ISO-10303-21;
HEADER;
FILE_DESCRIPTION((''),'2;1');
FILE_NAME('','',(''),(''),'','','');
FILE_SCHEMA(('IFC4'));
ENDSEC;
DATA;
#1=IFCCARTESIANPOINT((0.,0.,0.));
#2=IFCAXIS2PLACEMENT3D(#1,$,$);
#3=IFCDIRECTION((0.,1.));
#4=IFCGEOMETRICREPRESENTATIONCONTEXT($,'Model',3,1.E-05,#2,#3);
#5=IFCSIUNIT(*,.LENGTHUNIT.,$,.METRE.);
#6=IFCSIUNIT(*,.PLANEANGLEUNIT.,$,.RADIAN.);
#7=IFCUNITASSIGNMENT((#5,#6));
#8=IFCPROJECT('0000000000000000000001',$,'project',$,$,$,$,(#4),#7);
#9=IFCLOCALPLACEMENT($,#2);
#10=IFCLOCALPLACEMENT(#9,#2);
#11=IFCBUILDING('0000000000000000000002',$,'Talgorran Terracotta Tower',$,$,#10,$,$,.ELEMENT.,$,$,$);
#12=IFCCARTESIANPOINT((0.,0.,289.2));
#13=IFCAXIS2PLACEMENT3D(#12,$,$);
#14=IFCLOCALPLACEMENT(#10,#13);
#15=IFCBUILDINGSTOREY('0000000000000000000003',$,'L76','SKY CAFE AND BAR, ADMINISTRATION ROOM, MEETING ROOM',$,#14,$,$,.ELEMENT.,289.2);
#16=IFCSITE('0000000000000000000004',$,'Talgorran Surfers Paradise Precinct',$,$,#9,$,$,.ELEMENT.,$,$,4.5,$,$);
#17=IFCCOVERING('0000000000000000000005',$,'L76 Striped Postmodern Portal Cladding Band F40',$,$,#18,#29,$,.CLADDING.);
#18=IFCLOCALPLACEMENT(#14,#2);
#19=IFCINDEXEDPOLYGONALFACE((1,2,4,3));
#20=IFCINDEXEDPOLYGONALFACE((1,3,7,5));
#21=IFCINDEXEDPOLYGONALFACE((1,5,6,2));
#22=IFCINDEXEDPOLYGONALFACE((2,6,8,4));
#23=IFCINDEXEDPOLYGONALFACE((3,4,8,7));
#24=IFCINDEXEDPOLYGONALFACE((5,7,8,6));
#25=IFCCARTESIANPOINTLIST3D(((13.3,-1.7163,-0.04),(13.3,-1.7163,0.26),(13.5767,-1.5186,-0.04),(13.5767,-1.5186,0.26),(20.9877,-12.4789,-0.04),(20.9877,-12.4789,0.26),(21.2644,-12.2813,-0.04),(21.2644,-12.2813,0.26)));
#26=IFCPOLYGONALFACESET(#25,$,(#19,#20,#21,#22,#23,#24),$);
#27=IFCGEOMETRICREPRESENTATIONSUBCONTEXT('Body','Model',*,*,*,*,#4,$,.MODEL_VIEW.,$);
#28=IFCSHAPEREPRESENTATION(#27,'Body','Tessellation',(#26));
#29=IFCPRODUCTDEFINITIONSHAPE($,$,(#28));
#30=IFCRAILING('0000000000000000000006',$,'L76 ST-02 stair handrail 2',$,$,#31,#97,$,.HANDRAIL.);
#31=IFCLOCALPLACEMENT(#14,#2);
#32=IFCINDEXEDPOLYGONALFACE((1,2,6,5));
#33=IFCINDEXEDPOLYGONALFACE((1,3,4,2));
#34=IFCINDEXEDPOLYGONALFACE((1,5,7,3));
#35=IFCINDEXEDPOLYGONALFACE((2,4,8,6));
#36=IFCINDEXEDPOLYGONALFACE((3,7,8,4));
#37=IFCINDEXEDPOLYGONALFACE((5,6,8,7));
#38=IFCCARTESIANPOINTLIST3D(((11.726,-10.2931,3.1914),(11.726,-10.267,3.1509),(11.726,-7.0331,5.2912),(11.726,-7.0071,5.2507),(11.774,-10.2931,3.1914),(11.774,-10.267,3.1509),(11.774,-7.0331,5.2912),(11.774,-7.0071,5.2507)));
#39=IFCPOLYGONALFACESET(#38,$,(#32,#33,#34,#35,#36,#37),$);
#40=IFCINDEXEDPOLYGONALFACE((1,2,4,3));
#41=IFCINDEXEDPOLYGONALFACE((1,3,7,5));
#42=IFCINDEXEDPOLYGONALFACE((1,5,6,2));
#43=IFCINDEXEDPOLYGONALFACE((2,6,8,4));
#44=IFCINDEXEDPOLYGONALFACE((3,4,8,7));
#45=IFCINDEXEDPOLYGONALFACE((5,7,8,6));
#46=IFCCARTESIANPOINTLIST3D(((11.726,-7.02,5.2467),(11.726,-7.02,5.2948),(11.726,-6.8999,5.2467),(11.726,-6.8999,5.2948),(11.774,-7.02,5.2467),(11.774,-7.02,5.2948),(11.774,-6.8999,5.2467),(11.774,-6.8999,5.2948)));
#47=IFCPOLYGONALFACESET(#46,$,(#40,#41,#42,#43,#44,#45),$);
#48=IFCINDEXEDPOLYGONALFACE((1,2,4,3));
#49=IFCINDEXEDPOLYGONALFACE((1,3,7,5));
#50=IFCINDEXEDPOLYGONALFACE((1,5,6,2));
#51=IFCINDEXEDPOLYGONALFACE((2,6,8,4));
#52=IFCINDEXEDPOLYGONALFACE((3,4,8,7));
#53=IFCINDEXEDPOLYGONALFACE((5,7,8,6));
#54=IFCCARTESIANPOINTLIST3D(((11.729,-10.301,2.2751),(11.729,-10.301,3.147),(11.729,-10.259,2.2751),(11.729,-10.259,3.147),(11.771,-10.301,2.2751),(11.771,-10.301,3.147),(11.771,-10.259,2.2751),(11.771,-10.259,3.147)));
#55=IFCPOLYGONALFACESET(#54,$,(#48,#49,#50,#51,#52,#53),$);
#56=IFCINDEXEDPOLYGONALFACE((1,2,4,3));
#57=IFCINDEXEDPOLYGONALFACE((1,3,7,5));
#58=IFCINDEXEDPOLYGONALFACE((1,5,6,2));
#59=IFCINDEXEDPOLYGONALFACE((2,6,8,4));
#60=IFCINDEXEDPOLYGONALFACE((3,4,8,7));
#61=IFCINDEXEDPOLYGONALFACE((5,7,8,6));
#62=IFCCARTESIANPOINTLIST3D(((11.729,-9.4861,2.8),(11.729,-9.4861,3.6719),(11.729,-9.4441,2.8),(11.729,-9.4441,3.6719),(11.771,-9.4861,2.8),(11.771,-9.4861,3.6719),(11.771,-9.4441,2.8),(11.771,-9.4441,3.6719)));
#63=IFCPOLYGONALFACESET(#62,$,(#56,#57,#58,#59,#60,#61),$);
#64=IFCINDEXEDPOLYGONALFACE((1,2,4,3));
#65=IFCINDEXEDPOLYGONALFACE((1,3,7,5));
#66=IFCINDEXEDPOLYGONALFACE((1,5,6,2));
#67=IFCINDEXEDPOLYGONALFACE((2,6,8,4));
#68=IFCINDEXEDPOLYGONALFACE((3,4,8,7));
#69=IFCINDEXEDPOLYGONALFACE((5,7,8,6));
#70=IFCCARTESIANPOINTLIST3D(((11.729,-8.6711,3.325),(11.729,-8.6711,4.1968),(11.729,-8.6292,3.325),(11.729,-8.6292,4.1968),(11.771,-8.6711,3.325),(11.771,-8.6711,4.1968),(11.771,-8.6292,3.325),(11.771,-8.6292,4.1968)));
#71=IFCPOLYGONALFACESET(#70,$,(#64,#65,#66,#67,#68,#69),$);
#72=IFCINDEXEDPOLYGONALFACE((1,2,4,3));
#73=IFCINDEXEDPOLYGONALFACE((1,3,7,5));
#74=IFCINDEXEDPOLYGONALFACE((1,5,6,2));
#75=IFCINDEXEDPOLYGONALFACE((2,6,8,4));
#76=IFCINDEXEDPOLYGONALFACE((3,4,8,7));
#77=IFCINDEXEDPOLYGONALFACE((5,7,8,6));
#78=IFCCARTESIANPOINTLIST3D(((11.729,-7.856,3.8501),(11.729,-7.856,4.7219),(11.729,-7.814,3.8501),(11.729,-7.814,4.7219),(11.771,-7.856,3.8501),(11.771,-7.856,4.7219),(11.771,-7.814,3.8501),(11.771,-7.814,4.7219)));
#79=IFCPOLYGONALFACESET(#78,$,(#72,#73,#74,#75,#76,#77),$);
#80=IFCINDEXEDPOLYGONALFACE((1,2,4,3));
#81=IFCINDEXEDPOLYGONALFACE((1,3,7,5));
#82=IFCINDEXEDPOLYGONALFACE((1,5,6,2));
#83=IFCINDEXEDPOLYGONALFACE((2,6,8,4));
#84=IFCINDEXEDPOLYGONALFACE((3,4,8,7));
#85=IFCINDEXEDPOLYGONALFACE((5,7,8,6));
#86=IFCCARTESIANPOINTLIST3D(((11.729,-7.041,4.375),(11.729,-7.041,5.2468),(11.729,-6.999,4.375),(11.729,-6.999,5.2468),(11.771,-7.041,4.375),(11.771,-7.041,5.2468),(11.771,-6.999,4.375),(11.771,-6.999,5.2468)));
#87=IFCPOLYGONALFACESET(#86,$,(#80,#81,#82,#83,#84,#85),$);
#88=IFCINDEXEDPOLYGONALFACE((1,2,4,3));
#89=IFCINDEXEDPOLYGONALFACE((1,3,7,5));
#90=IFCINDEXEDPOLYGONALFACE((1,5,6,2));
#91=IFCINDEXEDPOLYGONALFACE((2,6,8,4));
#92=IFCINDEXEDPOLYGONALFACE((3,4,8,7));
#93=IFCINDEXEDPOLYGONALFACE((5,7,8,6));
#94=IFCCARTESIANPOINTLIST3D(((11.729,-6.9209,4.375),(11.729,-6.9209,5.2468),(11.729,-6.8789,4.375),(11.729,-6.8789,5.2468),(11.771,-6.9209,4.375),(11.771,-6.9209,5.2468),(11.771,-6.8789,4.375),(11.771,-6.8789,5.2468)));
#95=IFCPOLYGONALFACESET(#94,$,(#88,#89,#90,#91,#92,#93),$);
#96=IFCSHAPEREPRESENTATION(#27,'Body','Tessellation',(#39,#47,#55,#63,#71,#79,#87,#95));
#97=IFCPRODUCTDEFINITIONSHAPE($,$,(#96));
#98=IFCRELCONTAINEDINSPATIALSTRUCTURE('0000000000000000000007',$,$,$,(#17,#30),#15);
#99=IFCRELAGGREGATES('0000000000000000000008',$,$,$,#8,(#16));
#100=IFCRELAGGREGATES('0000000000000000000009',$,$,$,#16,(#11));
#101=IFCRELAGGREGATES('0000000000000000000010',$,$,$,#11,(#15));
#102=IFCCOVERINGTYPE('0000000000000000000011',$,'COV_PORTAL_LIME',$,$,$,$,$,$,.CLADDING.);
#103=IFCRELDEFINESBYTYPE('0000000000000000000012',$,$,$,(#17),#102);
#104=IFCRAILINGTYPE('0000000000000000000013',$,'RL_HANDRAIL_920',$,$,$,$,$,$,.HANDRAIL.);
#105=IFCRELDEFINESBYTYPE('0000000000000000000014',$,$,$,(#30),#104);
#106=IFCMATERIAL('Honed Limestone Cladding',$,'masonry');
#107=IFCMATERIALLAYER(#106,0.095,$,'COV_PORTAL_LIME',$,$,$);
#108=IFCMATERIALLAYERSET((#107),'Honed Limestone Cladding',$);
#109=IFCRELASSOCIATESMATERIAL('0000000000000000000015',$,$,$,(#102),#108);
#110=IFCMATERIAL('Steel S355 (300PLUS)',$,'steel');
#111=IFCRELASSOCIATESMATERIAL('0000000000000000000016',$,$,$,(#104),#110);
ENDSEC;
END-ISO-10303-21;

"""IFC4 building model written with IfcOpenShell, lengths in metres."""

from ifc_helpers import new_model, si_unit, direction, frame, origin, origin_2d, place, context, subcontext, project, spatial, rectangle, extrude, material, layer, layer_set, type_object, element, save


model = new_model("IFC4")

# Units and contexts
model_context = context("Model", 3, precision=1e-05, world=origin(), true_north=direction((0.0, 1.0)))
body_context = subcontext(model_context, "Body", "Model", "MODEL_VIEW")
ifc_project = project(units=[si_unit("LENGTHUNIT", "METRE"), si_unit("PLANEANGLEUNIT", "RADIAN")], contexts=[model_context])

# Site, building, storey
site_placement = place(None, origin())
site = spatial("IfcSite", under=ifc_project, at=site_placement, Name="Talgorran Surfers Paradise Precinct", CompositionType="ELEMENT", RefElevation=4.5)
building_placement = place(site_placement, origin())
building = spatial("IfcBuilding", under=site, at=building_placement, Name="Talgorran Terracotta Tower", CompositionType="ELEMENT")
storey_placement = place(building_placement, frame((0.0, 0.0, 289.2)))
storey = spatial("IfcBuildingStorey", under=building, at=storey_placement, Name="L76", Description="SKY CAFE AND BAR, ADMINISTRATION ROOM, MEETING ROOM", CompositionType="ELEMENT", Elevation=289.2)

# Shared definitions
ifc_material_1 = material(Name="Steel S355 (300PLUS)", Category="steel")

# Covering
ifc_material_2 = material(Name="Honed Limestone Cladding", Category="masonry")
ifc_layer_1 = layer(ifc_material_2, 0.095, Name="COV_PORTAL_LIME")
ifc_layer_set_1 = layer_set([ifc_layer_1], Name="Honed Limestone Cladding")
covering_type_1 = type_object("IfcCoveringType", Name="COV_PORTAL_LIME", PredefinedType="CLADDING", material=ifc_layer_set_1)
covering_1_placement = place(storey_placement, frame((17.2822, -6.9988, -0.04), z_axis=(0.0, 0.0, 1.0), x_axis=(-0.581243, 0.81373, 0.0)))
element("IfcCovering", 1, at=covering_1_placement, inside=storey, type_object=covering_type_1, Name="L76 Striped Postmodern Portal Cladding Band F40", PredefinedType="CLADDING", context=body_context, shape_type="SweptSolid", body=[
    extrude(rectangle(XDim=13.2263, YDim=0.3401, at=origin_2d()), origin(), (0.0, 0.0, 1.0), 0.3),
])

# Railing
railing_type = type_object("IfcRailingType", Name="RL_HANDRAIL_920", PredefinedType="HANDRAIL", material=ifc_material_1)
railing_placement = place(storey_placement, frame((11.75, -10.28, 2.2751)))
element("IfcRailing", 2, at=railing_placement, inside=storey, type_object=railing_type, Name="L76 ST-02 stair handrail 2", PredefinedType="HANDRAIL", context=body_context, shape_type="SweptSolid", body=[
    extrude(rectangle(XDim=0.0481, YDim=0.0481, at=origin_2d()), frame((0.0, 0.0, 0.896), z_axis=(0.0, 0.840693, 0.541512), x_axis=(-1.0, 0.0, 0.0)), (0.0, 0.0, 1.0), 3.8777),
    extrude(rectangle(XDim=0.0481, YDim=0.0481, at=origin_2d()), frame((0.0, 3.26, 2.9956), z_axis=(0.0, 1.0, 0.0), x_axis=(-1.0, 0.0, 0.0)), (0.0, 0.0, 1.0), 0.1201),
    extrude(rectangle(XDim=0.042, YDim=0.042, at=origin_2d()), origin(), (0.0, 0.0, 1.0), 0.8718),
    extrude(rectangle(XDim=0.042, YDim=0.042, at=origin_2d()), frame((0.0, 0.8149, 0.5249)), (0.0, 0.0, 1.0), 0.8718),
    extrude(rectangle(XDim=0.042, YDim=0.042, at=origin_2d()), frame((0.0, 1.6299, 1.0498)), (0.0, 0.0, 1.0), 0.8718),
    extrude(rectangle(XDim=0.042, YDim=0.042, at=origin_2d()), frame((0.0, 2.4451, 1.575)), (0.0, 0.0, 1.0), 0.8718),
    extrude(rectangle(XDim=0.042, YDim=0.042, at=origin_2d()), frame((0.0, 3.26, 2.0999)), (0.0, 0.0, 1.0), 0.8718),
    extrude(rectangle(XDim=0.042, YDim=0.042, at=origin_2d()), frame((0.0, 3.3801, 2.0999)), (0.0, 0.0, 1.0), 0.8718),
])

save(model, "model.ifc")
